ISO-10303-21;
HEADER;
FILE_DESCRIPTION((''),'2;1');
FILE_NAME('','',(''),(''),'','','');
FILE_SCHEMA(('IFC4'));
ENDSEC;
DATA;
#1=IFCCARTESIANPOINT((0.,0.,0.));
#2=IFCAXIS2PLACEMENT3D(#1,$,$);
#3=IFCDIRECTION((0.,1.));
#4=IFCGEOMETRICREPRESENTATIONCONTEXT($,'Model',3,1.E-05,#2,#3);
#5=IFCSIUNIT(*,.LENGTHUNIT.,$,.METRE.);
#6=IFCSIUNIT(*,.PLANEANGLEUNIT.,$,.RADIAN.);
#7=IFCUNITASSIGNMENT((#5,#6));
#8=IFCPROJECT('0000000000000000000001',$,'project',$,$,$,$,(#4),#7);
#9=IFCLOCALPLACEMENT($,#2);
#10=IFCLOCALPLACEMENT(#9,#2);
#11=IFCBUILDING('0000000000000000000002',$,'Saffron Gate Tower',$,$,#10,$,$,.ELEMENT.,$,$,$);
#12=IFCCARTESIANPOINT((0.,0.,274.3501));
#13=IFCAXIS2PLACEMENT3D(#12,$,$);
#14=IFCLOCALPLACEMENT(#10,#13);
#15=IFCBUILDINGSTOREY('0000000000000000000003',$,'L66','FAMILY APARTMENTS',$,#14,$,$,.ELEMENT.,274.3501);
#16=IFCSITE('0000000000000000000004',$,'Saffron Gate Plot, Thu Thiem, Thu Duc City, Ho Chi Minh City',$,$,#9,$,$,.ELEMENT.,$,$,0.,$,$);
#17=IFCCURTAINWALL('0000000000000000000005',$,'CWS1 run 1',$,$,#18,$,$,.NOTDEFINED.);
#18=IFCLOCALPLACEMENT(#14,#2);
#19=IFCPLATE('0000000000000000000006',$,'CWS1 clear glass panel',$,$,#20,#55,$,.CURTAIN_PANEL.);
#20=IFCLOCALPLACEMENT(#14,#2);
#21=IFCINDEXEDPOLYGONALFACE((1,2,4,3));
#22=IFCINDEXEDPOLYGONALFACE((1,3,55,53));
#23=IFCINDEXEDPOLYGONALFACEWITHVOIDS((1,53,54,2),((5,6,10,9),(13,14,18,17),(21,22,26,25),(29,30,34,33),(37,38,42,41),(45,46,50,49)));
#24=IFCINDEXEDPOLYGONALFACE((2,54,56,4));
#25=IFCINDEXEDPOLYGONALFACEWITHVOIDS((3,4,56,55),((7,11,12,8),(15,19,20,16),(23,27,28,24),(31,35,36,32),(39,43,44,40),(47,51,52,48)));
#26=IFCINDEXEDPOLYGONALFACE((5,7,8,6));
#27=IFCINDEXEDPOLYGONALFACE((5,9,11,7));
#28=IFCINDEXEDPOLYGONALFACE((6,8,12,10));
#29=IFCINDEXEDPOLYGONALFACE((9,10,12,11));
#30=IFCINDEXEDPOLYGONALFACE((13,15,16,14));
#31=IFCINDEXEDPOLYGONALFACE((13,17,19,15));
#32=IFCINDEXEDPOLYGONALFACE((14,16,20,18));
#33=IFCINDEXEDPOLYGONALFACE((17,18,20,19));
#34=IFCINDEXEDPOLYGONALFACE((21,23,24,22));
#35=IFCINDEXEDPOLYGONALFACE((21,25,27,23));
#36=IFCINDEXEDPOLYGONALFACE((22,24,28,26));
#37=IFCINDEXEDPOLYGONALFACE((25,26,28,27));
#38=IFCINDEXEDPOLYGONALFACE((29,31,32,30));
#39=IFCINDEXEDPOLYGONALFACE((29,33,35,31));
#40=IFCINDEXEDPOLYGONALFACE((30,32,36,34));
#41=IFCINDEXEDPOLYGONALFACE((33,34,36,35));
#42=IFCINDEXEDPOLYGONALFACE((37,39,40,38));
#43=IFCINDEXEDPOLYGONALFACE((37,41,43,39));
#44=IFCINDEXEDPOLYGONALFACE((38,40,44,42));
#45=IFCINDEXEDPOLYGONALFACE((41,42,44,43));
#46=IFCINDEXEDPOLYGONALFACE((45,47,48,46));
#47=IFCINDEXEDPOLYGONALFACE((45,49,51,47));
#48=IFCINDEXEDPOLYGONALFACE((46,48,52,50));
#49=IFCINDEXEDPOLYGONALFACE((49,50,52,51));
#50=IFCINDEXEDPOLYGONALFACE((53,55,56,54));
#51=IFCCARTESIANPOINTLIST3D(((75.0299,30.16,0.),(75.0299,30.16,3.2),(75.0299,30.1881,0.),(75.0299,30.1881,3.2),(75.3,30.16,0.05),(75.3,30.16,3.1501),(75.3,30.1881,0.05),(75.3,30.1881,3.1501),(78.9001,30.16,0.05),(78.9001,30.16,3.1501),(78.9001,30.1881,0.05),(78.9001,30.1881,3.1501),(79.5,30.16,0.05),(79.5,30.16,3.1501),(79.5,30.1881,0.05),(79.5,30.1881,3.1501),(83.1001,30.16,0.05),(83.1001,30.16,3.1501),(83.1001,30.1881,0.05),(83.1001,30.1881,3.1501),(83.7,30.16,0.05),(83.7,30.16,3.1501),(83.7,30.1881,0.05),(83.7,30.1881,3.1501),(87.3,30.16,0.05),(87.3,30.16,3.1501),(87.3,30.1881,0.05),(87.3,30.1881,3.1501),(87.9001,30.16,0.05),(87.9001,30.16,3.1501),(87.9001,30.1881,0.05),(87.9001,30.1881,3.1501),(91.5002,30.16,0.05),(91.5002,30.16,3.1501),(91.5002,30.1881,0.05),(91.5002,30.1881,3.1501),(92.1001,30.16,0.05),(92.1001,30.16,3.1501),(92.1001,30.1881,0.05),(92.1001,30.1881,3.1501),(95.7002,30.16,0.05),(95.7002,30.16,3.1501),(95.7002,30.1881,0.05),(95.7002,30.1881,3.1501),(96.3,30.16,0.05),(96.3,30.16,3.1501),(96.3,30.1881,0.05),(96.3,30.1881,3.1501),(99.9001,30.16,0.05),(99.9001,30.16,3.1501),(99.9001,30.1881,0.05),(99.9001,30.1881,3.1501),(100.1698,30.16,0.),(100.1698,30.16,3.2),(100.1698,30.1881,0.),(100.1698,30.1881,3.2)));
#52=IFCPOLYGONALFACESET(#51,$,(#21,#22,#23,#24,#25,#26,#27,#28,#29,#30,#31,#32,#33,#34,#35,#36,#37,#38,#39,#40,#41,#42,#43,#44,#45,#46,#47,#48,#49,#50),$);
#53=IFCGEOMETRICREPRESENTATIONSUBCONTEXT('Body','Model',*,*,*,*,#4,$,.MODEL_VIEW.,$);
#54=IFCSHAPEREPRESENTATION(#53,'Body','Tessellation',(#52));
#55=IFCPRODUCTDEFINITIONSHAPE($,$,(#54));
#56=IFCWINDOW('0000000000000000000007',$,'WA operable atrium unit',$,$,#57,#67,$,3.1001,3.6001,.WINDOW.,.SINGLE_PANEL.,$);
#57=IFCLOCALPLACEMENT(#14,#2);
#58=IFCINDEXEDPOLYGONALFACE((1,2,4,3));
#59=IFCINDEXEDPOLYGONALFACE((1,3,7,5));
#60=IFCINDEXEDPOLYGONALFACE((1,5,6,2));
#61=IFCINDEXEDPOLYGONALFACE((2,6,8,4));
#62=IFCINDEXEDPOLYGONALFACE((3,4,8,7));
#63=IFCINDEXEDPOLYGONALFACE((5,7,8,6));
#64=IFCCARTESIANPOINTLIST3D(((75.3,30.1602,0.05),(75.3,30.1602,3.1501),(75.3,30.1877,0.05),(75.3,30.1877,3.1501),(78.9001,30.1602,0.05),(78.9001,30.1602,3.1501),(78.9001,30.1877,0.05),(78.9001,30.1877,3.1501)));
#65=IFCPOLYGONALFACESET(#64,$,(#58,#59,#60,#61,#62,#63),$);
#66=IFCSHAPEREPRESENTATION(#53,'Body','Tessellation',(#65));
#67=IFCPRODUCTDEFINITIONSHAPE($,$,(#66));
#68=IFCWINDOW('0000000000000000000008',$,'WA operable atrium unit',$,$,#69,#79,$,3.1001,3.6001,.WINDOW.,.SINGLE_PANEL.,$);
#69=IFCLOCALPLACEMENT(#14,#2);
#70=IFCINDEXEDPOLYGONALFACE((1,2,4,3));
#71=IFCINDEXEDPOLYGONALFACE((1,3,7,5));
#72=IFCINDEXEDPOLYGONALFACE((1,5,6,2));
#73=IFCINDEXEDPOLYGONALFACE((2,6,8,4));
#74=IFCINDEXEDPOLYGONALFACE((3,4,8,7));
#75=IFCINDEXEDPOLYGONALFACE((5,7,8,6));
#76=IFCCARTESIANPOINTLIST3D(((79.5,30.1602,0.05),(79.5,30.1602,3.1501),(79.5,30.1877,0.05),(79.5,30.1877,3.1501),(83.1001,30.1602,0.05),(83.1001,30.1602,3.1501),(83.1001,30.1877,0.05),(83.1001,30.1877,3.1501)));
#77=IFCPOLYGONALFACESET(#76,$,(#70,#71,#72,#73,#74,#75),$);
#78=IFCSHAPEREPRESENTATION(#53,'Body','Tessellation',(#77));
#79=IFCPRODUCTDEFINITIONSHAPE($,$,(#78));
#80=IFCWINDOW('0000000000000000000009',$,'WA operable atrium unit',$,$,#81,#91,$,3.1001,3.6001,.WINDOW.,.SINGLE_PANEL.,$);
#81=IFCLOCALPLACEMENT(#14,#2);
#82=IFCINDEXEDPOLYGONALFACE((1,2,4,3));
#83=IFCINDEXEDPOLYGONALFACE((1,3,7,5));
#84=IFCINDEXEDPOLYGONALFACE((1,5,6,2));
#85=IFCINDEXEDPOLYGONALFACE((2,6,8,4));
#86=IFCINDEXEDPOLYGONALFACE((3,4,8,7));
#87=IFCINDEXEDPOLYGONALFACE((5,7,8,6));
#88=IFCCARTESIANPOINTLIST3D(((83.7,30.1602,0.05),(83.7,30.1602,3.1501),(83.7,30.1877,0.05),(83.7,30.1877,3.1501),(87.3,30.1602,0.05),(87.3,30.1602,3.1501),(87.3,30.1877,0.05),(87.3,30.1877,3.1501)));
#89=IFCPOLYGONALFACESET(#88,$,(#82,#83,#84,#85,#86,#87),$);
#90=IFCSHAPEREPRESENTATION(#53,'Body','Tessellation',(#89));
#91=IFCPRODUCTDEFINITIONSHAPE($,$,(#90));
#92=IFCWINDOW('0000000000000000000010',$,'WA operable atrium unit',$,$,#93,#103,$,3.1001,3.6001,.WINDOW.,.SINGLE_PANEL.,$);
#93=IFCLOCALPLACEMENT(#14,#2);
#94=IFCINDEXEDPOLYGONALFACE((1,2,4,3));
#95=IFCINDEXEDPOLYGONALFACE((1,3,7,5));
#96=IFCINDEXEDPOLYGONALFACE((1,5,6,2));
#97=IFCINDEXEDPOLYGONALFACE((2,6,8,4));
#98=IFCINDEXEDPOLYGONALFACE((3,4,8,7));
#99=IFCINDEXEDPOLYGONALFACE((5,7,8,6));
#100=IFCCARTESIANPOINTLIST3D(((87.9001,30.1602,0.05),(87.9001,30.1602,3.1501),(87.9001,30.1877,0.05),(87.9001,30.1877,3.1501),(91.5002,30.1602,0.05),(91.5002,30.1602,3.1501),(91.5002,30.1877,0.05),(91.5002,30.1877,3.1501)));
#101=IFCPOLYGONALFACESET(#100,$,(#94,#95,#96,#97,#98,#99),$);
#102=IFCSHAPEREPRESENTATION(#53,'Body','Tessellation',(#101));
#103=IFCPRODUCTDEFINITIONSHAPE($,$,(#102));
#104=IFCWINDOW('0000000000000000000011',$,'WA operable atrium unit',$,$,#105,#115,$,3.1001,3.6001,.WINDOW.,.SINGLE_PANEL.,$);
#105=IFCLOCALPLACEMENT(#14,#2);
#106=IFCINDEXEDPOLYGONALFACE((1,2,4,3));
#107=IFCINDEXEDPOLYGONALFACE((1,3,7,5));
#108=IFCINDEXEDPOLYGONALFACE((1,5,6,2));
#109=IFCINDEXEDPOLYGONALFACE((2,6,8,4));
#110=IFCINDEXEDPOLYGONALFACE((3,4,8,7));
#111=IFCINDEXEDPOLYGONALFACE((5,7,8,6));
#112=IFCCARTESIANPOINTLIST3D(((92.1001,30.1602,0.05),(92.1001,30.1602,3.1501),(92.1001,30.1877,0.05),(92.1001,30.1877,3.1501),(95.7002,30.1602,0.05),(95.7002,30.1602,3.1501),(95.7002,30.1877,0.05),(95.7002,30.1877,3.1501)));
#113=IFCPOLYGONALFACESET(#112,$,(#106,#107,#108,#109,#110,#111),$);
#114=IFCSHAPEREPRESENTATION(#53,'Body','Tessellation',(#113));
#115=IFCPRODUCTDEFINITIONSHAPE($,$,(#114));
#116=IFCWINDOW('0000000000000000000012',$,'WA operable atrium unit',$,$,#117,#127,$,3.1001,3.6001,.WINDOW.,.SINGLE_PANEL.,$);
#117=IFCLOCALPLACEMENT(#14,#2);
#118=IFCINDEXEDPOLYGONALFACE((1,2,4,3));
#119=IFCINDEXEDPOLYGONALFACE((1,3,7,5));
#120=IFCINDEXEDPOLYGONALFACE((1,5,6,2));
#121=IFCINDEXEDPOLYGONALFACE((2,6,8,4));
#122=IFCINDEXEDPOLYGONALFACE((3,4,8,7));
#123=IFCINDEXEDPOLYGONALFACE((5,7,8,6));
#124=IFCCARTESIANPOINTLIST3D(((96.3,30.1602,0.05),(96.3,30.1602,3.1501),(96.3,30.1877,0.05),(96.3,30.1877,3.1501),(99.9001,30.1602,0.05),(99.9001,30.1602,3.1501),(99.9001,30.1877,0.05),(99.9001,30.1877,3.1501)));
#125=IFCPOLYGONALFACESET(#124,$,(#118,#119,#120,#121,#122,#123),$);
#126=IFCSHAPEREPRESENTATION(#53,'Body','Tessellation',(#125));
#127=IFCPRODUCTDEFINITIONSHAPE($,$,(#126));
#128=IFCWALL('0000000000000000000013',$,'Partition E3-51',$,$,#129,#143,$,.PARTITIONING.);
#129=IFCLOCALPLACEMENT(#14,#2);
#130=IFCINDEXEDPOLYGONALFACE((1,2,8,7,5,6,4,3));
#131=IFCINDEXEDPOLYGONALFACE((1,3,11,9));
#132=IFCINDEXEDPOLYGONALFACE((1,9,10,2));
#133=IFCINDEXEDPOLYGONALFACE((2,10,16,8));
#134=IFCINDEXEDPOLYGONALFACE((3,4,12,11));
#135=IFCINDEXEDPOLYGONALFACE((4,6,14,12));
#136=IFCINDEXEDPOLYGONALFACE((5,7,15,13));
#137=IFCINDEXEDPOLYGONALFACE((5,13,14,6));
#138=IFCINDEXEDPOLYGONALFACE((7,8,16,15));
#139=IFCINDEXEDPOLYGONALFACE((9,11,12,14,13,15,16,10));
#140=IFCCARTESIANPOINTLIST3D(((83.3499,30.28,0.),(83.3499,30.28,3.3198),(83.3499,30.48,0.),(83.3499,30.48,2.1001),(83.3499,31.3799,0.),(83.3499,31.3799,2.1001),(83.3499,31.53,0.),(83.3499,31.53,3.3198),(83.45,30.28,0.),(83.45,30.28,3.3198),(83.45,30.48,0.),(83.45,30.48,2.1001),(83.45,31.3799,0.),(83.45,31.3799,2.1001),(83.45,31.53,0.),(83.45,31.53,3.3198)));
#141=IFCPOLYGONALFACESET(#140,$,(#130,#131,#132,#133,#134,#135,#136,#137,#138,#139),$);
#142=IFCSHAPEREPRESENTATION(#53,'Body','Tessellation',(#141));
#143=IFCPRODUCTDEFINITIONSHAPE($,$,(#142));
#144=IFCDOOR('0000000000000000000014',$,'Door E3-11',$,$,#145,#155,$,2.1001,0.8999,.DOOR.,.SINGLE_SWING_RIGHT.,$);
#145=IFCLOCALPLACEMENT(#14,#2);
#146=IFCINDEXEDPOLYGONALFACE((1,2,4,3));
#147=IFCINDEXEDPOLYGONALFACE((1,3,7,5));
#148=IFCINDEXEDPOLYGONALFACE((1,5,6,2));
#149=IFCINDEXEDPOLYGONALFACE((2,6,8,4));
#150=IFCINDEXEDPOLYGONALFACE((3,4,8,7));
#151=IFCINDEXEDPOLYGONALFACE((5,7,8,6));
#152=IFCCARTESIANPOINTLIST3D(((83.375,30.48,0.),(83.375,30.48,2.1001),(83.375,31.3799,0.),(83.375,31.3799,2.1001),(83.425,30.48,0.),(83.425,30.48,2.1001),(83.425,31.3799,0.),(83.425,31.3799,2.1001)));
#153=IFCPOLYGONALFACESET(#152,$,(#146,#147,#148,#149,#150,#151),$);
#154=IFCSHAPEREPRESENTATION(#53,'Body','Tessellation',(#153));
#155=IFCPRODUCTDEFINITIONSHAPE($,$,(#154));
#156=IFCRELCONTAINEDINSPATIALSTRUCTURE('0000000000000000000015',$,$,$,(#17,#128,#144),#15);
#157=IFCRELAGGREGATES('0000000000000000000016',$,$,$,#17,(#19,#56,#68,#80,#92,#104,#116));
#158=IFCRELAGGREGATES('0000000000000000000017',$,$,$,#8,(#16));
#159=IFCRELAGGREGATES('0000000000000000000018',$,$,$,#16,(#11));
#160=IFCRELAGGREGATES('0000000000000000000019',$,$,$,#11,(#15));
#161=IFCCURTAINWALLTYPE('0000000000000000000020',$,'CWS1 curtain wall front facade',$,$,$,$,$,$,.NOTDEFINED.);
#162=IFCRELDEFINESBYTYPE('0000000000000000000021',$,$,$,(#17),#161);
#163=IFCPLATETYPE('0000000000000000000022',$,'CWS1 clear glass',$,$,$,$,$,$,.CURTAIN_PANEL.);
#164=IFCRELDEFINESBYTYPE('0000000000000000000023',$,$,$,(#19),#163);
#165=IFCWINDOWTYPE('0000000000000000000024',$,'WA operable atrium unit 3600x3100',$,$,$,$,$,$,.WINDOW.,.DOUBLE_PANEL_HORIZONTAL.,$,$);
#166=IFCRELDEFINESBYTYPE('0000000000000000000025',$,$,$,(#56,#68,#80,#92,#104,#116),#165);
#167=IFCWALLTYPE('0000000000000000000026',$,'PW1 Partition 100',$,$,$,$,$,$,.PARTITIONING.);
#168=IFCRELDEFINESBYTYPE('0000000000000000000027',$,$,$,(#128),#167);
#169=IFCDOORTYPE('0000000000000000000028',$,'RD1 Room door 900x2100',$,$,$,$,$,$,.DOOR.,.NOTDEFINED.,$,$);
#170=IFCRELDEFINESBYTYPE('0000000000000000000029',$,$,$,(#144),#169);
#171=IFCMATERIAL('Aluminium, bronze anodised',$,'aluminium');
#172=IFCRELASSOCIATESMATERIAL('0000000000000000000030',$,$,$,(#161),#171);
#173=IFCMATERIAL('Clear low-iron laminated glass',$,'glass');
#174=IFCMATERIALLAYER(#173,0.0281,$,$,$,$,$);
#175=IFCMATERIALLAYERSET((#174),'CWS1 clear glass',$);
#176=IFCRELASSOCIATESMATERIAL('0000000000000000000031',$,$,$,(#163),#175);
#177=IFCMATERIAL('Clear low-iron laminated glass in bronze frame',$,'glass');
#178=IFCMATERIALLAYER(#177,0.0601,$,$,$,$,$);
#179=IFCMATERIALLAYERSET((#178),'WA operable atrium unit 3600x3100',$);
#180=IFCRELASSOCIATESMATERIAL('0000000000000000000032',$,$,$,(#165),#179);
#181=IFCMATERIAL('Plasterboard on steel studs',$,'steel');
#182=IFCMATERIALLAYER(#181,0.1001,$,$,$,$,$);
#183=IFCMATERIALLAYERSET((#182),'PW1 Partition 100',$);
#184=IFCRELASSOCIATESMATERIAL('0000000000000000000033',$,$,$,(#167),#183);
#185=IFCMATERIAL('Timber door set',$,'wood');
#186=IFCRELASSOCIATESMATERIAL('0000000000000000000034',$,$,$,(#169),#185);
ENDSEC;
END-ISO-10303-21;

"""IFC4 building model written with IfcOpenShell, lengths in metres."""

from ifc_helpers import new_model, si_unit, direction, frame, frame_2d, origin, place, context, subcontext, project, spatial, rectangle, extrude, material, layer, layer_set, type_object, element, fill, aggregate, save


model = new_model("IFC4")

# Units and contexts
model_context = context("Model", 3, precision=1e-05, world=origin(), true_north=direction((0.0, 1.0)))
body_context = subcontext(model_context, "Body", "Model", "MODEL_VIEW")
ifc_project = project(units=[si_unit("LENGTHUNIT", "METRE"), si_unit("PLANEANGLEUNIT", "RADIAN")], contexts=[model_context])

# Site, building, storey
site_placement = place(None, origin())
site = spatial("IfcSite", under=ifc_project, at=site_placement, Name="Saffron Gate Plot, Thu Thiem, Thu Duc City, Ho Chi Minh City", CompositionType="ELEMENT", RefElevation=0.0)
building_placement = place(site_placement, origin())
building = spatial("IfcBuilding", under=site, at=building_placement, Name="Saffron Gate Tower", CompositionType="ELEMENT")
storey_placement = place(building_placement, frame((0.0, 0.0, 274.3501)))
storey = spatial("IfcBuildingStorey", under=building, at=storey_placement, Name="L66", Description="FAMILY APARTMENTS", CompositionType="ELEMENT", Elevation=274.3501)

# Curtain wall, plate, openings, windows
ifc_material_1 = material(Name="Aluminium, bronze anodised", Category="aluminium")
curtain_wall_type = type_object("IfcCurtainWallType", Name="CWS1 curtain wall front facade", PredefinedType="NOTDEFINED", material=ifc_material_1)
curtain_wall_placement = place(storey_placement, origin())
curtain_wall = element("IfcCurtainWall", 1, at=curtain_wall_placement, inside=storey, type_object=curtain_wall_type, Name="CWS1 run 1", PredefinedType="NOTDEFINED")
ifc_material_2 = material(Name="Clear low-iron laminated glass", Category="glass")
ifc_layer_1 = layer(ifc_material_2, 0.0281)
ifc_layer_set_1 = layer_set([ifc_layer_1], Name="CWS1 clear glass")
plate_type = type_object("IfcPlateType", Name="CWS1 clear glass", PredefinedType="CURTAIN_PANEL", material=ifc_layer_set_1)
plate_placement = place(storey_placement, frame((75.03, 30.1741, 0.0), z_axis=(0.0, 0.0, 1.0), x_axis=(1.0, 0.0, 0.0)))
plate = element("IfcPlate", 2, at=plate_placement, type_object=plate_type, Name="CWS1 clear glass panel", PredefinedType="CURTAIN_PANEL", context=body_context, shape_type="SweptSolid", body=[
    extrude(rectangle(XDim=25.1399, YDim=0.0281, at=frame_2d((12.5698, 0.0))), origin(), (0.0, 0.0, 1.0), 3.2),
])
opening_1_placement = place(plate_placement, frame((0.27, 0.0, 0.05)))
opening_1 = element("IfcOpeningElement", 3, at=opening_1_placement, cuts=plate, PredefinedType="OPENING", context=body_context, shape_type="SweptSolid", body=[
    extrude(rectangle(XDim=3.6001, YDim=3.1001, at=frame_2d((1.8, 1.55))), frame((0.0, 0.0239, 0.0), z_axis=(0.0, -1.0, 0.0), x_axis=(1.0, 0.0, 0.0)), (0.0, 0.0, 1.0), 0.0481),
])
opening_2_placement = place(plate_placement, frame((4.47, 0.0, 0.05)))
opening_2 = element("IfcOpeningElement", 4, at=opening_2_placement, cuts=plate, PredefinedType="OPENING", context=body_context, shape_type="SweptSolid", body=[
    extrude(rectangle(XDim=3.6001, YDim=3.1001, at=frame_2d((1.8, 1.55))), frame((0.0, 0.0239, 0.0), z_axis=(0.0, -1.0, 0.0), x_axis=(1.0, 0.0, 0.0)), (0.0, 0.0, 1.0), 0.0481),
])
opening_3_placement = place(plate_placement, frame((8.6699, 0.0, 0.05)))
opening_3 = element("IfcOpeningElement", 5, at=opening_3_placement, cuts=plate, PredefinedType="OPENING", context=body_context, shape_type="SweptSolid", body=[
    extrude(rectangle(XDim=3.6001, YDim=3.1001, at=frame_2d((1.8, 1.55))), frame((0.0, 0.0239, 0.0), z_axis=(0.0, -1.0, 0.0), x_axis=(1.0, 0.0, 0.0)), (0.0, 0.0, 1.0), 0.0481),
])
opening_4_placement = place(plate_placement, frame((12.8701, 0.0, 0.05)))
opening_4 = element("IfcOpeningElement", 6, at=opening_4_placement, cuts=plate, PredefinedType="OPENING", context=body_context, shape_type="SweptSolid", body=[
    extrude(rectangle(XDim=3.6001, YDim=3.1001, at=frame_2d((1.8, 1.55))), frame((0.0, 0.0239, 0.0), z_axis=(0.0, -1.0, 0.0), x_axis=(1.0, 0.0, 0.0)), (0.0, 0.0, 1.0), 0.0481),
])
opening_5_placement = place(plate_placement, frame((17.0701, 0.0, 0.05)))
opening_5 = element("IfcOpeningElement", 7, at=opening_5_placement, cuts=plate, PredefinedType="OPENING", context=body_context, shape_type="SweptSolid", body=[
    extrude(rectangle(XDim=3.6001, YDim=3.1001, at=frame_2d((1.8, 1.55))), frame((0.0, 0.0239, 0.0), z_axis=(0.0, -1.0, 0.0), x_axis=(1.0, 0.0, 0.0)), (0.0, 0.0, 1.0), 0.0481),
])
opening_6_placement = place(plate_placement, frame((21.27, 0.0, 0.05)))
opening_6 = element("IfcOpeningElement", 8, at=opening_6_placement, cuts=plate, PredefinedType="OPENING", context=body_context, shape_type="SweptSolid", body=[
    extrude(rectangle(XDim=3.6001, YDim=3.1001, at=frame_2d((1.8, 1.55))), frame((0.0, 0.0239, 0.0), z_axis=(0.0, -1.0, 0.0), x_axis=(1.0, 0.0, 0.0)), (0.0, 0.0, 1.0), 0.0481),
])
ifc_material_3 = material(Name="Clear low-iron laminated glass in bronze frame", Category="glass")
ifc_layer_2 = layer(ifc_material_3, 0.0601)
ifc_layer_set_2 = layer_set([ifc_layer_2], Name="WA operable atrium unit 3600x3100")
window_type = type_object("IfcWindowType", Name="WA operable atrium unit 3600x3100", PartitioningType="DOUBLE_PANEL_HORIZONTAL", PredefinedType="WINDOW", material=ifc_layer_set_2)
window_1_placement = place(opening_1_placement, origin())
window_1 = element("IfcWindow", 9, at=window_1_placement, type_object=window_type, Name="WA operable atrium unit", OverallHeight=3.1001, OverallWidth=3.6001, PartitioningType="SINGLE_PANEL", PredefinedType="WINDOW", context=body_context, shape_type="SweptSolid", body=[
    extrude(rectangle(XDim=3.6001, YDim=3.1001, at=frame_2d((1.8, 1.55))), frame((0.0, 0.0137, 0.0), z_axis=(0.0, -1.0, 0.0), x_axis=(1.0, 0.0, 0.0)), (0.0, 0.0, 1.0), 0.0276),
])
fill(opening_1, window_1)
window_2_placement = place(opening_2_placement, origin())
window_2 = element("IfcWindow", 10, at=window_2_placement, type_object=window_type, Name="WA operable atrium unit", OverallHeight=3.1001, OverallWidth=3.6001, PartitioningType="SINGLE_PANEL", PredefinedType="WINDOW", context=body_context, shape_type="SweptSolid", body=[
    extrude(rectangle(XDim=3.6001, YDim=3.1001, at=frame_2d((1.8, 1.55))), frame((0.0, 0.0137, 0.0), z_axis=(0.0, -1.0, 0.0), x_axis=(1.0, 0.0, 0.0)), (0.0, 0.0, 1.0), 0.0276),
])
fill(opening_2, window_2)
window_3_placement = place(opening_3_placement, origin())
window_3 = element("IfcWindow", 11, at=window_3_placement, type_object=window_type, Name="WA operable atrium unit", OverallHeight=3.1001, OverallWidth=3.6001, PartitioningType="SINGLE_PANEL", PredefinedType="WINDOW", context=body_context, shape_type="SweptSolid", body=[
    extrude(rectangle(XDim=3.6001, YDim=3.1001, at=frame_2d((1.8, 1.55))), frame((0.0, 0.0137, 0.0), z_axis=(0.0, -1.0, 0.0), x_axis=(1.0, 0.0, 0.0)), (0.0, 0.0, 1.0), 0.0276),
])
fill(opening_3, window_3)
window_4_placement = place(opening_4_placement, origin())
window_4 = element("IfcWindow", 12, at=window_4_placement, type_object=window_type, Name="WA operable atrium unit", OverallHeight=3.1001, OverallWidth=3.6001, PartitioningType="SINGLE_PANEL", PredefinedType="WINDOW", context=body_context, shape_type="SweptSolid", body=[
    extrude(rectangle(XDim=3.6001, YDim=3.1001, at=frame_2d((1.8, 1.55))), frame((0.0, 0.0137, 0.0), z_axis=(0.0, -1.0, 0.0), x_axis=(1.0, 0.0, 0.0)), (0.0, 0.0, 1.0), 0.0276),
])
fill(opening_4, window_4)
window_5_placement = place(opening_5_placement, origin())
window_5 = element("IfcWindow", 13, at=window_5_placement, type_object=window_type, Name="WA operable atrium unit", OverallHeight=3.1001, OverallWidth=3.6001, PartitioningType="SINGLE_PANEL", PredefinedType="WINDOW", context=body_context, shape_type="SweptSolid", body=[
    extrude(rectangle(XDim=3.6001, YDim=3.1001, at=frame_2d((1.8, 1.55))), frame((0.0, 0.0137, 0.0), z_axis=(0.0, -1.0, 0.0), x_axis=(1.0, 0.0, 0.0)), (0.0, 0.0, 1.0), 0.0276),
])
fill(opening_5, window_5)
window_6_placement = place(opening_6_placement, origin())
window_6 = element("IfcWindow", 14, at=window_6_placement, type_object=window_type, Name="WA operable atrium unit", OverallHeight=3.1001, OverallWidth=3.6001, PartitioningType="SINGLE_PANEL", PredefinedType="WINDOW", context=body_context, shape_type="SweptSolid", body=[
    extrude(rectangle(XDim=3.6001, YDim=3.1001, at=frame_2d((1.8, 1.55))), frame((0.0, 0.0137, 0.0), z_axis=(0.0, -1.0, 0.0), x_axis=(1.0, 0.0, 0.0)), (0.0, 0.0, 1.0), 0.0276),
])
fill(opening_6, window_6)
aggregate(curtain_wall, [plate, window_1, window_2, window_3, window_4, window_5, window_6])

# Wall, opening, door
ifc_material_4 = material(Name="Plasterboard on steel studs", Category="steel")
ifc_layer_3 = layer(ifc_material_4, 0.1001)
ifc_layer_set_3 = layer_set([ifc_layer_3], Name="PW1 Partition 100")
wall_type_1 = type_object("IfcWallType", Name="PW1 Partition 100", PredefinedType="PARTITIONING", material=ifc_layer_set_3)
wall_1_placement = place(storey_placement, frame((83.3999, 30.28, 0.0), z_axis=(0.0, 0.0, 1.0), x_axis=(0.0, 1.0, 0.0)))
wall_1 = element("IfcWall", 15, at=wall_1_placement, inside=storey, type_object=wall_type_1, Name="Partition E3-51", PredefinedType="PARTITIONING", context=body_context, shape_type="SweptSolid", body=[
    extrude(rectangle(XDim=1.25, YDim=0.1001, at=frame_2d((0.625, 0.0))), origin(), (0.0, 0.0, 1.0), 3.3198),
])
opening_7_placement = place(wall_1_placement, frame((0.2, 0.0, 0.0)))
opening_7 = element("IfcOpeningElement", 16, at=opening_7_placement, cuts=wall_1, PredefinedType="OPENING", context=body_context, shape_type="SweptSolid", body=[
    extrude(rectangle(XDim=0.8999, YDim=2.1001, at=frame_2d((0.45, 1.05))), frame((0.0, 0.0601, 0.0), z_axis=(0.0, -1.0, 0.0), x_axis=(1.0, 0.0, 0.0)), (0.0, 0.0, 1.0), 0.1201),
])
ifc_material_5 = material(Name="Timber door set", Category="wood")
door_type = type_object("IfcDoorType", Name="RD1 Room door 900x2100", OperationType="NOTDEFINED", PredefinedType="DOOR", material=ifc_material_5)
door_placement = place(opening_7_placement, origin())
door = element("IfcDoor", 17, at=door_placement, inside=storey, type_object=door_type, Name="Door E3-11", OperationType="SINGLE_SWING_RIGHT", OverallHeight=2.1001, OverallWidth=0.8999, PredefinedType="DOOR", context=body_context, shape_type="SweptSolid", body=[
    extrude(rectangle(XDim=0.8999, YDim=2.1001, at=frame_2d((0.45, 1.05))), frame((0.0, 0.0249, 0.0), z_axis=(0.0, -1.0, 0.0), x_axis=(1.0, 0.0, 0.0)), (0.0, 0.0, 1.0), 0.05),
])
fill(opening_7, door)

save(model, "model.ifc")
